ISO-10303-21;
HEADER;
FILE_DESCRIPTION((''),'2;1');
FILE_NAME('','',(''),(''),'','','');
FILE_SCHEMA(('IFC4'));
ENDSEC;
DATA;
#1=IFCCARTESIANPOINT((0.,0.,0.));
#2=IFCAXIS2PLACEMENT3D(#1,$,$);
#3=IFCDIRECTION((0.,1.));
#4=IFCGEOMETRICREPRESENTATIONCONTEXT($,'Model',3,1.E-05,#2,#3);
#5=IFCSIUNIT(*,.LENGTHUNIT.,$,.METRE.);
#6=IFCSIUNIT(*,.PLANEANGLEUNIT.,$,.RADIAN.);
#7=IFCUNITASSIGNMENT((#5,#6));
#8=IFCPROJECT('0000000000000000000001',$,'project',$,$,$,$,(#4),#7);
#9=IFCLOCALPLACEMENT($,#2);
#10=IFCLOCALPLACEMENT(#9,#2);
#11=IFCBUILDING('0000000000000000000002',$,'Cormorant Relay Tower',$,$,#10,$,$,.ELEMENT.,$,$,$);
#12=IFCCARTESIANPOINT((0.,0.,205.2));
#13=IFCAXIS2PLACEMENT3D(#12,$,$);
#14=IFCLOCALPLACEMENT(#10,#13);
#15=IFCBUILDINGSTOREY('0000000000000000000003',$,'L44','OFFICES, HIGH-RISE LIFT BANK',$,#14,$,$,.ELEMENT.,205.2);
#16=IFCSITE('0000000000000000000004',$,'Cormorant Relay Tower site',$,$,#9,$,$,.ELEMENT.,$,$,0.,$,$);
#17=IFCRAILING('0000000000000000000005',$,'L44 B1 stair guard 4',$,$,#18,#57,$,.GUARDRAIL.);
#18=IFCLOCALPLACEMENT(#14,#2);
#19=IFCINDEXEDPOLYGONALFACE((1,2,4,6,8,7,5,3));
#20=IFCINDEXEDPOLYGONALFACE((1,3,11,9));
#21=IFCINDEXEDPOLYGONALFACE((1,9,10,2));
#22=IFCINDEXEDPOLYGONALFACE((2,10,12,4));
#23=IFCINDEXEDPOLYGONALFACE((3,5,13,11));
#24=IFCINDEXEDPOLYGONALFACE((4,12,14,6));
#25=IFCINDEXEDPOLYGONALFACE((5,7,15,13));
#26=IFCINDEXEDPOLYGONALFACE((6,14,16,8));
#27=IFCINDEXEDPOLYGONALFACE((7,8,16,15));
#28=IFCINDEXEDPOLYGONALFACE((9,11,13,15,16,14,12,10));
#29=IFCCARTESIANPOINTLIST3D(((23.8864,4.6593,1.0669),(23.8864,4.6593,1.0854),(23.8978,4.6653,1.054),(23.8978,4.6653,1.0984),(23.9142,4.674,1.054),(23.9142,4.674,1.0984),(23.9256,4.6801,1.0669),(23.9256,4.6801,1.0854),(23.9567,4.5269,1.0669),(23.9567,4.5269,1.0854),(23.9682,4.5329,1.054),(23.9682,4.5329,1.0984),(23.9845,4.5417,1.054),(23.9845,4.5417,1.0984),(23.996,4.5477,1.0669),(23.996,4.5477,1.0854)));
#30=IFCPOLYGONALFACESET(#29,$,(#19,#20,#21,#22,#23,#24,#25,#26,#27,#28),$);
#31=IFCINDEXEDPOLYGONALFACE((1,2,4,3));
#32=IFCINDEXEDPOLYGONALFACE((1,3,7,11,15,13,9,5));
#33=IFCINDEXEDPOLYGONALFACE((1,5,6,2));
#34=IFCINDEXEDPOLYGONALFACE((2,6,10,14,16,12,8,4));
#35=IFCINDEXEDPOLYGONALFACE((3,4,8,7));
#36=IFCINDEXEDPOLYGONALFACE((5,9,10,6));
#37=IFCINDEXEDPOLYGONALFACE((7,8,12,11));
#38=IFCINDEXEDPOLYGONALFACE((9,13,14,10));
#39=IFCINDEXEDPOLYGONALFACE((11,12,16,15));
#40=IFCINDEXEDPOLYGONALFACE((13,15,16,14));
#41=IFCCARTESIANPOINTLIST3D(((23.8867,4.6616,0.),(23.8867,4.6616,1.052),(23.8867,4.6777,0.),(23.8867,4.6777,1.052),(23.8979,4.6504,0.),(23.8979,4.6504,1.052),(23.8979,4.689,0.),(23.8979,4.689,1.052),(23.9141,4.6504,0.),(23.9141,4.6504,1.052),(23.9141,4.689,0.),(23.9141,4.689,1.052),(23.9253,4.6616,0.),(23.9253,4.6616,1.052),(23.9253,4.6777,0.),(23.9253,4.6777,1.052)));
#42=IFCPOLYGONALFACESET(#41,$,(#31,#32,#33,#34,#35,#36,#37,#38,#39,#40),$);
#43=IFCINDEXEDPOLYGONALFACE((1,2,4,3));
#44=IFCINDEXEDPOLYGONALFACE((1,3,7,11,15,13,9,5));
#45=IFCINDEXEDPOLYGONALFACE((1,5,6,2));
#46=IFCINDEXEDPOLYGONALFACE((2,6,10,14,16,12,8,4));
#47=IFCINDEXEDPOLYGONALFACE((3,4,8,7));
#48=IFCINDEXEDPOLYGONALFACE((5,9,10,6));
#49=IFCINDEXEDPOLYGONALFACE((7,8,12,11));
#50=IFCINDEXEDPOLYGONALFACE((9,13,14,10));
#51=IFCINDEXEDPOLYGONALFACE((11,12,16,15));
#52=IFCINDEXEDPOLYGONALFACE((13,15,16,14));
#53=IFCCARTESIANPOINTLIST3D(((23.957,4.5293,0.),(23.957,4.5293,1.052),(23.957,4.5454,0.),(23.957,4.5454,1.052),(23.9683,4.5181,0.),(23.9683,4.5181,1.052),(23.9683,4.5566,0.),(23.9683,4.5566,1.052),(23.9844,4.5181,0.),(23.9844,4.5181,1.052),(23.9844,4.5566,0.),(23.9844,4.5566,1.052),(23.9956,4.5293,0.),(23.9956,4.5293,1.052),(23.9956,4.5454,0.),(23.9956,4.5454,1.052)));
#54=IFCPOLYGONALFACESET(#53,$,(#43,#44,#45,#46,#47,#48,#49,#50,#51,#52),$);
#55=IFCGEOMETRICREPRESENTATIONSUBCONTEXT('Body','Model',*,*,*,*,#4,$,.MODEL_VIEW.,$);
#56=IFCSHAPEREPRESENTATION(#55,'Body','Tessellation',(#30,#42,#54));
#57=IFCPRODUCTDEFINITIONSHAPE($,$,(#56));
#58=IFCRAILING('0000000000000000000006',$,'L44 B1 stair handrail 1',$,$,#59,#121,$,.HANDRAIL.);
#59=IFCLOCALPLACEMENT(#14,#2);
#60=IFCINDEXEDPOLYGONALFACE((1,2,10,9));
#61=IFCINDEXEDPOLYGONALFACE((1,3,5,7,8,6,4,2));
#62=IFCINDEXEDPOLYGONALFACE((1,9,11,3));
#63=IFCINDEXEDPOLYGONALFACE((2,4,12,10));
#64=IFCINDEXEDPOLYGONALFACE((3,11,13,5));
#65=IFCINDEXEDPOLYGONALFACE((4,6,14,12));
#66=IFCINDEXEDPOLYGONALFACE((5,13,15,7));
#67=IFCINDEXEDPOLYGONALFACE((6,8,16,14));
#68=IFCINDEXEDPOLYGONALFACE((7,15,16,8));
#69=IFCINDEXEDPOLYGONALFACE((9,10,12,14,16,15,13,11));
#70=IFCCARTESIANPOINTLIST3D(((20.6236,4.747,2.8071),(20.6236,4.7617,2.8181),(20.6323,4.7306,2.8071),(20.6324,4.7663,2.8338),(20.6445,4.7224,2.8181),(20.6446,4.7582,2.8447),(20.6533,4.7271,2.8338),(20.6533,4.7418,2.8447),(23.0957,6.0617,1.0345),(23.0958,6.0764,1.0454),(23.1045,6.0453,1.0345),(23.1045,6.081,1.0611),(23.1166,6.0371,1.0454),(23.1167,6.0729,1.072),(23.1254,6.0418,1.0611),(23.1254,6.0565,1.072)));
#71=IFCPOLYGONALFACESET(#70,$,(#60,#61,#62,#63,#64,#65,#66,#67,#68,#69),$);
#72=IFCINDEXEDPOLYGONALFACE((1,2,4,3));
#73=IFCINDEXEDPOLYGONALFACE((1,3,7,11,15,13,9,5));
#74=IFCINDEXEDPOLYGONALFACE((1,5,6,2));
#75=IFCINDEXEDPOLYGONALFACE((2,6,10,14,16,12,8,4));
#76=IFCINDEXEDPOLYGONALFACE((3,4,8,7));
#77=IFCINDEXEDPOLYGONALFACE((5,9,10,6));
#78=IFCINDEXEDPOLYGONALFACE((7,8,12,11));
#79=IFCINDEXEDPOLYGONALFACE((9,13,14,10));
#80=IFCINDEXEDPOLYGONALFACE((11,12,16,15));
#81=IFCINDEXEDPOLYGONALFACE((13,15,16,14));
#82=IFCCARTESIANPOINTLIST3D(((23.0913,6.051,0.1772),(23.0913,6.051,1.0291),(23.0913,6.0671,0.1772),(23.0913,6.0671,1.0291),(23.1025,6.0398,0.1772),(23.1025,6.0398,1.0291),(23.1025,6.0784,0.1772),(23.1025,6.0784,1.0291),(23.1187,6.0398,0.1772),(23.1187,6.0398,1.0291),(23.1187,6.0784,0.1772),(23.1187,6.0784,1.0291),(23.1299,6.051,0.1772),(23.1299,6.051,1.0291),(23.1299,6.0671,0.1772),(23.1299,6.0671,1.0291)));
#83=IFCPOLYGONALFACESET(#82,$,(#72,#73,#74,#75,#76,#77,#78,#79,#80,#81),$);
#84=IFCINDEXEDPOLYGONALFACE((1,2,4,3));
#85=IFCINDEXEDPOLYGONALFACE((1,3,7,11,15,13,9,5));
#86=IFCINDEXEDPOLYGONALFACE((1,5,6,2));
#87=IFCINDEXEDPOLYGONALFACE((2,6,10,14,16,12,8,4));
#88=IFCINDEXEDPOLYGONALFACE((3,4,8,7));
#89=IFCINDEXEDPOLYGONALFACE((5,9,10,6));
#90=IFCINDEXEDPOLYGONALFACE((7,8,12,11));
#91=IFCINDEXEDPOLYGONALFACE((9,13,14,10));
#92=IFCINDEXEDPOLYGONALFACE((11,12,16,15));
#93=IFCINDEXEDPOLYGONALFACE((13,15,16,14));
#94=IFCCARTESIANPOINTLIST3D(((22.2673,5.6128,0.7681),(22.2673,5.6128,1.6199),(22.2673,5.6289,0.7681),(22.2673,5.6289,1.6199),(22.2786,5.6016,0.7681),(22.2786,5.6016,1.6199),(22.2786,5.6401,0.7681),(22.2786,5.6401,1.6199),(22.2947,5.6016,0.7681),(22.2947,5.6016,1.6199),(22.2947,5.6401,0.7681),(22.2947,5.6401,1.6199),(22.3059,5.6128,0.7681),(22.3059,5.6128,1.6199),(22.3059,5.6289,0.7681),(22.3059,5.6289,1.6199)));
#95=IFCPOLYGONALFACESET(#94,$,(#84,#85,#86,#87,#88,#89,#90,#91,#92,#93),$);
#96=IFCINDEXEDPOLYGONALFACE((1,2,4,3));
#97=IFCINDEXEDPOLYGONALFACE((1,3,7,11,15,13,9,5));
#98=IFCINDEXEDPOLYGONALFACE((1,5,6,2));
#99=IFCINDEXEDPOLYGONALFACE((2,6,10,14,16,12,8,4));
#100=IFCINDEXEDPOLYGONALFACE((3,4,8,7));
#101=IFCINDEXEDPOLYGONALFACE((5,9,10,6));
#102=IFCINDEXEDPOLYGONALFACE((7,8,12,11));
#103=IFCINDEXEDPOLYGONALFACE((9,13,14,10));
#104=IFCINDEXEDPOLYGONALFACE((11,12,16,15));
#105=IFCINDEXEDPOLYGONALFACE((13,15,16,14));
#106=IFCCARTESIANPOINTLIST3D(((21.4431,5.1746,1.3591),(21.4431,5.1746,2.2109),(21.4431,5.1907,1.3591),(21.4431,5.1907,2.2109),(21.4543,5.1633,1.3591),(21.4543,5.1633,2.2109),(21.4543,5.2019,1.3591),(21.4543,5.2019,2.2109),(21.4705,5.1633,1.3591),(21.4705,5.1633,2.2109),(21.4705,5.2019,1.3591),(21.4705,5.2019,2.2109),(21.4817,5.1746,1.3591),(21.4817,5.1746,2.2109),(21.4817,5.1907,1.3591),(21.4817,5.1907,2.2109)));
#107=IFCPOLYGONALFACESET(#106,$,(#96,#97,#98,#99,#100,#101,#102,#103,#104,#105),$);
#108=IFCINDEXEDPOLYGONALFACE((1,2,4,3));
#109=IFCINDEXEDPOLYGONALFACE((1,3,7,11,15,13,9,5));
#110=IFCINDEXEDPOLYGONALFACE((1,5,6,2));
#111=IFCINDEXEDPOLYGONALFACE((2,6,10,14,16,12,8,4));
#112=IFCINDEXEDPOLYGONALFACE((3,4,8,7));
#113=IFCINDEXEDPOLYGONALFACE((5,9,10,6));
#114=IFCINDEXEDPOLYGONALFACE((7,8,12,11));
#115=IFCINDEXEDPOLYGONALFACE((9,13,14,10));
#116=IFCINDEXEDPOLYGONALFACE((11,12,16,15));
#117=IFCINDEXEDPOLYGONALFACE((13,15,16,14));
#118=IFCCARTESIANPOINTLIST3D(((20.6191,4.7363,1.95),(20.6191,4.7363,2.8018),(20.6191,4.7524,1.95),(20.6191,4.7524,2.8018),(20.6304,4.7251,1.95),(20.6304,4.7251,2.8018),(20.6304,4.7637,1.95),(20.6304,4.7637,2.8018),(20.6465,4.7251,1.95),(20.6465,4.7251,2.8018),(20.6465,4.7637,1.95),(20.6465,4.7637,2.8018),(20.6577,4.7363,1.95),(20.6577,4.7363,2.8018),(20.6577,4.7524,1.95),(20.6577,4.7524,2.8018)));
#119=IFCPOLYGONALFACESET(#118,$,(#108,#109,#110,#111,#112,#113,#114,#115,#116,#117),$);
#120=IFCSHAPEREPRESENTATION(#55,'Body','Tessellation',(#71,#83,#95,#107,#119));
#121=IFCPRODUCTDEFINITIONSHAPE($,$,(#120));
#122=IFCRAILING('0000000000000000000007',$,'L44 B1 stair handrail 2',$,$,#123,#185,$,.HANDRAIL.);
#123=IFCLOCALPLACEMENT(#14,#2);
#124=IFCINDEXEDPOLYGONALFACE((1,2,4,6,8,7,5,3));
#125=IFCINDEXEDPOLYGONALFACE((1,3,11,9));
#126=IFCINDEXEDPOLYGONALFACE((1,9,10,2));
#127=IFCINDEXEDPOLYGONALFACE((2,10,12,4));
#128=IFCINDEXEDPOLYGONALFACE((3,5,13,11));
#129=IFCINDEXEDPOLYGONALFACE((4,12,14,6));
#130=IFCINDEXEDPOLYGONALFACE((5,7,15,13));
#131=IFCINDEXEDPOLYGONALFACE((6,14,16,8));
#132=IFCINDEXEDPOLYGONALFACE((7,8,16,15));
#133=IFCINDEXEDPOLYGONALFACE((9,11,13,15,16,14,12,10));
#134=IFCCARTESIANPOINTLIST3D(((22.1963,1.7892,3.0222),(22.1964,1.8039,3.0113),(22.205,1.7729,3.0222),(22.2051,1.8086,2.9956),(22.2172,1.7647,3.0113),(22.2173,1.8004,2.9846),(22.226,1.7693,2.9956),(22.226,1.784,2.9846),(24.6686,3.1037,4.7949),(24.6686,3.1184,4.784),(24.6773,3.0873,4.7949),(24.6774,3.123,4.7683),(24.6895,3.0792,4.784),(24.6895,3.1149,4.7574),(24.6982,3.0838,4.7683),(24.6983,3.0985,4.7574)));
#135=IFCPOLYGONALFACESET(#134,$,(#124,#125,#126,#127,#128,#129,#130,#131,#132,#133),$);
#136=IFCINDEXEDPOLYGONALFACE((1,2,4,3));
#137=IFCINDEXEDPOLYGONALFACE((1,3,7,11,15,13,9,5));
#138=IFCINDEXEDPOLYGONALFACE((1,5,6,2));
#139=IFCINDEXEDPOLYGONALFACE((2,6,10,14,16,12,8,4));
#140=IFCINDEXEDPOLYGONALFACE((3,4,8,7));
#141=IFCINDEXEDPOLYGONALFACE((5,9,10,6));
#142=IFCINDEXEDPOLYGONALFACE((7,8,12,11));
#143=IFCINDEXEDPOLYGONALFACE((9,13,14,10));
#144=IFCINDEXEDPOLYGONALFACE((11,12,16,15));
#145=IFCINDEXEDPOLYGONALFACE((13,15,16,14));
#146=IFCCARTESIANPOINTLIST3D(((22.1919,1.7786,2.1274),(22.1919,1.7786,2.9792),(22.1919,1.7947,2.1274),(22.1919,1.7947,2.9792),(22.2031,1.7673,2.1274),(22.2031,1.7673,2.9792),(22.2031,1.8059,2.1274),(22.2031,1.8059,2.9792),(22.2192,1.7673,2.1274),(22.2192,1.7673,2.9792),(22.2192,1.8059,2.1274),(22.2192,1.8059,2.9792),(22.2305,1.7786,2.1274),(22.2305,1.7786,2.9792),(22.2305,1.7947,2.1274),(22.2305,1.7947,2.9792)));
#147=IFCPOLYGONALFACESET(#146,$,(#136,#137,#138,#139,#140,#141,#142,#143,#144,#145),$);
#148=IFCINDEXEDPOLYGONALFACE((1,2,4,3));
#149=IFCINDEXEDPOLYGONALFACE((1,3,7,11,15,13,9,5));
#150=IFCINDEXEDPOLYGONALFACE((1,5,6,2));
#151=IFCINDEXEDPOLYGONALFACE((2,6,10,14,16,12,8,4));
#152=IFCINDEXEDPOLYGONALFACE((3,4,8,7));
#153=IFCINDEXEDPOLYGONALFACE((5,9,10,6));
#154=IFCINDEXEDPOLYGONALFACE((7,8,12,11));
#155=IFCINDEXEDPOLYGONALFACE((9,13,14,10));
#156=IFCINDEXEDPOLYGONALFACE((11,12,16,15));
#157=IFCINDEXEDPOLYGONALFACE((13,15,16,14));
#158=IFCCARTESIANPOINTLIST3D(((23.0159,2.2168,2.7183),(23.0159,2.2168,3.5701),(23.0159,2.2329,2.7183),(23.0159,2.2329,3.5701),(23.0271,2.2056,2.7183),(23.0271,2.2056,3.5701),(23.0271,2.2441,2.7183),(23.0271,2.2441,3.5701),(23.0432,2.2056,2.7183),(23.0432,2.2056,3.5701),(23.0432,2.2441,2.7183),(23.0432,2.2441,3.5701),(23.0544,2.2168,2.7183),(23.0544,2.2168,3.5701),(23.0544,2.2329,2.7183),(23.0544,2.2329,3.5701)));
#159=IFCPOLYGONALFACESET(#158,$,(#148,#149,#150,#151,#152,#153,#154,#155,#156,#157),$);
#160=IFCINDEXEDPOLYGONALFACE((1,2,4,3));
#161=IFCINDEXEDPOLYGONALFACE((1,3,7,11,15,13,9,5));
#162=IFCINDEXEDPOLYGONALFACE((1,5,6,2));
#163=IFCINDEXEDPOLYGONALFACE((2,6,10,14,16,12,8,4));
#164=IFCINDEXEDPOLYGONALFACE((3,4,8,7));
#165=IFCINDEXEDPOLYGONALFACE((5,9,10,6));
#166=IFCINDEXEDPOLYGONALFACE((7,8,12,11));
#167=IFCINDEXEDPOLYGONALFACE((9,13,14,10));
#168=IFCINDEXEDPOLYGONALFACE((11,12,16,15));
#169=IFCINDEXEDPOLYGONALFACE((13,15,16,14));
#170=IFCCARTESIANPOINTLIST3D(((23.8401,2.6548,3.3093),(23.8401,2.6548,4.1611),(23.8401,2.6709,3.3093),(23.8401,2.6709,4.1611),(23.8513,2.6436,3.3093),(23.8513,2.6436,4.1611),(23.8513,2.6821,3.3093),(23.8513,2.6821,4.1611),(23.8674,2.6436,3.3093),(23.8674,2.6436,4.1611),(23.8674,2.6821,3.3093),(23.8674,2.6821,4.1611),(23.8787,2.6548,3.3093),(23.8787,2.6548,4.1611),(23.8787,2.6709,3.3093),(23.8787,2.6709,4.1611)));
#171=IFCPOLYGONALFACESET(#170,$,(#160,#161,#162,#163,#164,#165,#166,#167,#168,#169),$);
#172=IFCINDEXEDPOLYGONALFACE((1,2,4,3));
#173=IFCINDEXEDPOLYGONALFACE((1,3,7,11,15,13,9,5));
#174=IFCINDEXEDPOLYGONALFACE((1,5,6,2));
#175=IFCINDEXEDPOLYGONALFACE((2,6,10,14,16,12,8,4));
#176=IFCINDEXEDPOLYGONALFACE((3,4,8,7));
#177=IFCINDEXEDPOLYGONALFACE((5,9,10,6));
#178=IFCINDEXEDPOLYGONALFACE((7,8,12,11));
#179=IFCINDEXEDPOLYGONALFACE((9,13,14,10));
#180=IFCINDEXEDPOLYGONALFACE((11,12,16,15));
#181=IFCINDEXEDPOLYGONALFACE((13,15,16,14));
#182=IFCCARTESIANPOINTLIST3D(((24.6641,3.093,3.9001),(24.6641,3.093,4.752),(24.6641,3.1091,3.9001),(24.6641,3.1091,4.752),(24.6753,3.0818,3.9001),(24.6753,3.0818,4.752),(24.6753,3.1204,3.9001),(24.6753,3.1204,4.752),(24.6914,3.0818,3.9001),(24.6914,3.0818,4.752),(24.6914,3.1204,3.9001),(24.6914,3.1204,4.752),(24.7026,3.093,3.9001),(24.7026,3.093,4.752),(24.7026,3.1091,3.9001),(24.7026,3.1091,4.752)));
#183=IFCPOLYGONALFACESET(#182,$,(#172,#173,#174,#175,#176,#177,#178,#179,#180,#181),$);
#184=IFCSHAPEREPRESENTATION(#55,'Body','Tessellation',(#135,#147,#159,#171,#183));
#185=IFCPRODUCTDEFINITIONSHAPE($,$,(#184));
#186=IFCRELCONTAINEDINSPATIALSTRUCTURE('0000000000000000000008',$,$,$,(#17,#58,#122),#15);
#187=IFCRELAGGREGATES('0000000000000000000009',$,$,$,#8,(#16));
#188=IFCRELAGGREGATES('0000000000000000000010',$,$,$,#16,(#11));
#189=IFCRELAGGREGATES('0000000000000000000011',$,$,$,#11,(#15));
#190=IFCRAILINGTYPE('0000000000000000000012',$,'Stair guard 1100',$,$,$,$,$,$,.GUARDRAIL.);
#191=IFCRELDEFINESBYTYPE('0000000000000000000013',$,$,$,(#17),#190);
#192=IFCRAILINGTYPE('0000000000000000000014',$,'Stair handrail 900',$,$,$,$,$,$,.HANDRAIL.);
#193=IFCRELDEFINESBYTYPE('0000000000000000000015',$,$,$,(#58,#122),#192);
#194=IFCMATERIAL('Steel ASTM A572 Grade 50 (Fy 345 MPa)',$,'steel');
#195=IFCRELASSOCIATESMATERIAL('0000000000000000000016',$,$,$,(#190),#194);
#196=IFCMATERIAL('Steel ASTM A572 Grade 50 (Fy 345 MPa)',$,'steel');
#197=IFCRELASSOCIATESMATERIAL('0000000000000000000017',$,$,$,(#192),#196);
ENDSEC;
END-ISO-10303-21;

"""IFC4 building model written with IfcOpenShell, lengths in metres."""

from ifc_helpers import new_model, si_unit, direction, frame, origin, place, context, subcontext, project, spatial, polyline, outline, extrude, material, type_object, element, save


model = new_model("IFC4")

# Units and contexts
model_context = context("Model", 3, precision=1e-05, world=origin(), true_north=direction((0.0, 1.0)))
body_context = subcontext(model_context, "Body", "Model", "MODEL_VIEW")
ifc_project = project(units=[si_unit("LENGTHUNIT", "METRE"), si_unit("PLANEANGLEUNIT", "RADIAN")], contexts=[model_context])

# Site, building, storey
site_placement = place(None, origin())
site = spatial("IfcSite", under=ifc_project, at=site_placement, Name="Cormorant Relay Tower site", CompositionType="ELEMENT", RefElevation=0.0)
building_placement = place(site_placement, origin())
building = spatial("IfcBuilding", under=site, at=building_placement, Name="Cormorant Relay Tower", CompositionType="ELEMENT")
storey_placement = place(building_placement, frame((0.0, 0.0, 205.2)))
storey = spatial("IfcBuildingStorey", under=building, at=storey_placement, Name="L44", Description="OFFICES, HIGH-RISE LIFT BANK", CompositionType="ELEMENT", Elevation=205.2)

# Railings
ifc_material_1 = material(Name="Steel ASTM A572 Grade 50 (Fy 345 MPa)", Category="steel")
railing_type_1 = type_object("IfcRailingType", Name="Stair guard 1100", PredefinedType="GUARDRAIL", material=ifc_material_1)
railing_1_placement = place(storey_placement, frame((23.906, 4.6697, 0.0)))
element("IfcRailing", 1, at=railing_1_placement, inside=storey, type_object=railing_type_1, Name="L44 B1 stair guard 4", PredefinedType="GUARDRAIL", context=body_context, shape_type="SweptSolid", body=[
    extrude(outline(polyline([(0.0222, 0.0093), (0.0093, 0.0222), (-0.0093, 0.0222), (-0.0222, 0.0093), (-0.0222, -0.0093), (-0.0093, -0.0222), (0.0093, -0.0222), (0.0222, -0.0093), (0.0222, 0.0093)])), frame((0.0, 0.0, 1.0762), z_axis=(0.469235, -0.883074, 0.0), x_axis=(0.883074, 0.469235, 0.0)), (0.0, 0.0, 1.0), 0.1499),
    extrude(outline(polyline([(0.0193, 0.0081), (0.0081, 0.0193), (-0.0081, 0.0193), (-0.0193, 0.0081), (-0.0193, -0.0081), (-0.0081, -0.0193), (0.0081, -0.0193), (0.0193, -0.0081), (0.0193, 0.0081)])), origin(), (0.0, 0.0, 1.0), 1.052),
    extrude(outline(polyline([(0.0193, 0.0081), (0.0081, 0.0193), (-0.0081, 0.0193), (-0.0193, 0.0081), (-0.0193, -0.0081), (-0.0081, -0.0193), (0.0081, -0.0193), (0.0193, -0.0081), (0.0193, 0.0081)])), frame((0.0703, -0.1323, 0.0)), (0.0, 0.0, 1.0), 1.052),
])
ifc_material_2 = material(Name="Steel ASTM A572 Grade 50 (Fy 345 MPa)", Category="steel")
railing_type_2 = type_object("IfcRailingType", Name="Stair handrail 900", PredefinedType="HANDRAIL", material=ifc_material_2)
railing_2_placement = place(storey_placement, frame((23.1106, 6.0591, 0.1772)))
element("IfcRailing", 2, at=railing_2_placement, inside=storey, type_object=railing_type_2, Name="L44 B1 stair handrail 1", PredefinedType="HANDRAIL", context=body_context, shape_type="SweptSolid", body=[
    extrude(outline(polyline([(0.0222, 0.0093), (0.0093, 0.0222), (-0.0093, 0.0222), (-0.0222, 0.0093), (-0.0222, -0.0093), (-0.0093, -0.0222), (0.0093, -0.0222), (0.0222, -0.0093), (0.0222, 0.0093)])), frame((0.0, 0.0, 0.876), z_axis=(-0.745979, -0.396711, 0.534916), x_axis=(0.469533, -0.882915, 0.0)), (0.0, 0.0, 1.0), 3.314),
    extrude(outline(polyline([(0.0193, 0.0081), (0.0081, 0.0193), (-0.0081, 0.0193), (-0.0193, 0.0081), (-0.0193, -0.0081), (-0.0081, -0.0193), (0.0081, -0.0193), (0.0193, -0.0081), (0.0193, 0.0081)])), origin(), (0.0, 0.0, 1.0), 0.8518),
    extrude(outline(polyline([(0.0193, 0.0081), (0.0081, 0.0193), (-0.0081, 0.0193), (-0.0193, 0.0081), (-0.0193, -0.0081), (-0.0081, -0.0193), (0.0081, -0.0193), (0.0193, -0.0081), (0.0193, 0.0081)])), frame((-0.824, -0.4382, 0.5908)), (0.0, 0.0, 1.0), 0.8518),
    extrude(outline(polyline([(0.0193, 0.0081), (0.0081, 0.0193), (-0.0081, 0.0193), (-0.0193, 0.0081), (-0.0193, -0.0081), (-0.0081, -0.0193), (0.0081, -0.0193), (0.0193, -0.0081), (0.0193, 0.0081)])), frame((-1.6482, -0.8765, 1.1819)), (0.0, 0.0, 1.0), 0.8518),
    extrude(outline(polyline([(0.0193, 0.0081), (0.0081, 0.0193), (-0.0081, 0.0193), (-0.0193, 0.0081), (-0.0193, -0.0081), (-0.0081, -0.0193), (0.0081, -0.0193), (0.0193, -0.0081), (0.0193, 0.0081)])), frame((-2.4722, -1.3147, 1.7727)), (0.0, 0.0, 1.0), 0.8518),
])
railing_3_placement = place(storey_placement, frame((22.2112, 1.7866, 2.1274)))
element("IfcRailing", 3, at=railing_3_placement, inside=storey, type_object=railing_type_2, Name="L44 B1 stair handrail 2", PredefinedType="HANDRAIL", context=body_context, shape_type="SweptSolid", body=[
    extrude(outline(polyline([(0.0222, 0.0093), (0.0093, 0.0222), (-0.0093, 0.0222), (-0.0222, 0.0093), (-0.0222, -0.0093), (-0.0093, -0.0222), (0.0093, -0.0222), (0.0222, -0.0093), (0.0222, 0.0093)])), frame((0.0, 0.0, 0.876), z_axis=(0.746001, 0.396649, 0.534931), x_axis=(-0.469465, 0.882951, 0.0)), (0.0, 0.0, 1.0), 3.314),
    extrude(outline(polyline([(0.0193, 0.0081), (0.0081, 0.0193), (-0.0081, 0.0193), (-0.0193, 0.0081), (-0.0193, -0.0081), (-0.0081, -0.0193), (0.0081, -0.0193), (0.0193, -0.0081), (0.0193, 0.0081)])), origin(), (0.0, 0.0, 1.0), 0.8518),
    extrude(outline(polyline([(0.0193, 0.0081), (0.0081, 0.0193), (-0.0081, 0.0193), (-0.0193, 0.0081), (-0.0193, -0.0081), (-0.0081, -0.0193), (0.0081, -0.0193), (0.0193, -0.0081), (0.0193, 0.0081)])), frame((0.824, 0.4382, 0.5908)), (0.0, 0.0, 1.0), 0.8518),
    extrude(outline(polyline([(0.0193, 0.0081), (0.0081, 0.0193), (-0.0081, 0.0193), (-0.0193, 0.0081), (-0.0193, -0.0081), (-0.0081, -0.0193), (0.0081, -0.0193), (0.0193, -0.0081), (0.0193, 0.0081)])), frame((1.6482, 0.8762, 1.1819)), (0.0, 0.0, 1.0), 0.8518),
    extrude(outline(polyline([(0.0193, 0.0081), (0.0081, 0.0193), (-0.0081, 0.0193), (-0.0193, 0.0081), (-0.0193, -0.0081), (-0.0081, -0.0193), (0.0081, -0.0193), (0.0193, -0.0081), (0.0193, 0.0081)])), frame((2.4722, 1.3145, 1.7727)), (0.0, 0.0, 1.0), 0.8518),
])

save(model, "model.ifc")
